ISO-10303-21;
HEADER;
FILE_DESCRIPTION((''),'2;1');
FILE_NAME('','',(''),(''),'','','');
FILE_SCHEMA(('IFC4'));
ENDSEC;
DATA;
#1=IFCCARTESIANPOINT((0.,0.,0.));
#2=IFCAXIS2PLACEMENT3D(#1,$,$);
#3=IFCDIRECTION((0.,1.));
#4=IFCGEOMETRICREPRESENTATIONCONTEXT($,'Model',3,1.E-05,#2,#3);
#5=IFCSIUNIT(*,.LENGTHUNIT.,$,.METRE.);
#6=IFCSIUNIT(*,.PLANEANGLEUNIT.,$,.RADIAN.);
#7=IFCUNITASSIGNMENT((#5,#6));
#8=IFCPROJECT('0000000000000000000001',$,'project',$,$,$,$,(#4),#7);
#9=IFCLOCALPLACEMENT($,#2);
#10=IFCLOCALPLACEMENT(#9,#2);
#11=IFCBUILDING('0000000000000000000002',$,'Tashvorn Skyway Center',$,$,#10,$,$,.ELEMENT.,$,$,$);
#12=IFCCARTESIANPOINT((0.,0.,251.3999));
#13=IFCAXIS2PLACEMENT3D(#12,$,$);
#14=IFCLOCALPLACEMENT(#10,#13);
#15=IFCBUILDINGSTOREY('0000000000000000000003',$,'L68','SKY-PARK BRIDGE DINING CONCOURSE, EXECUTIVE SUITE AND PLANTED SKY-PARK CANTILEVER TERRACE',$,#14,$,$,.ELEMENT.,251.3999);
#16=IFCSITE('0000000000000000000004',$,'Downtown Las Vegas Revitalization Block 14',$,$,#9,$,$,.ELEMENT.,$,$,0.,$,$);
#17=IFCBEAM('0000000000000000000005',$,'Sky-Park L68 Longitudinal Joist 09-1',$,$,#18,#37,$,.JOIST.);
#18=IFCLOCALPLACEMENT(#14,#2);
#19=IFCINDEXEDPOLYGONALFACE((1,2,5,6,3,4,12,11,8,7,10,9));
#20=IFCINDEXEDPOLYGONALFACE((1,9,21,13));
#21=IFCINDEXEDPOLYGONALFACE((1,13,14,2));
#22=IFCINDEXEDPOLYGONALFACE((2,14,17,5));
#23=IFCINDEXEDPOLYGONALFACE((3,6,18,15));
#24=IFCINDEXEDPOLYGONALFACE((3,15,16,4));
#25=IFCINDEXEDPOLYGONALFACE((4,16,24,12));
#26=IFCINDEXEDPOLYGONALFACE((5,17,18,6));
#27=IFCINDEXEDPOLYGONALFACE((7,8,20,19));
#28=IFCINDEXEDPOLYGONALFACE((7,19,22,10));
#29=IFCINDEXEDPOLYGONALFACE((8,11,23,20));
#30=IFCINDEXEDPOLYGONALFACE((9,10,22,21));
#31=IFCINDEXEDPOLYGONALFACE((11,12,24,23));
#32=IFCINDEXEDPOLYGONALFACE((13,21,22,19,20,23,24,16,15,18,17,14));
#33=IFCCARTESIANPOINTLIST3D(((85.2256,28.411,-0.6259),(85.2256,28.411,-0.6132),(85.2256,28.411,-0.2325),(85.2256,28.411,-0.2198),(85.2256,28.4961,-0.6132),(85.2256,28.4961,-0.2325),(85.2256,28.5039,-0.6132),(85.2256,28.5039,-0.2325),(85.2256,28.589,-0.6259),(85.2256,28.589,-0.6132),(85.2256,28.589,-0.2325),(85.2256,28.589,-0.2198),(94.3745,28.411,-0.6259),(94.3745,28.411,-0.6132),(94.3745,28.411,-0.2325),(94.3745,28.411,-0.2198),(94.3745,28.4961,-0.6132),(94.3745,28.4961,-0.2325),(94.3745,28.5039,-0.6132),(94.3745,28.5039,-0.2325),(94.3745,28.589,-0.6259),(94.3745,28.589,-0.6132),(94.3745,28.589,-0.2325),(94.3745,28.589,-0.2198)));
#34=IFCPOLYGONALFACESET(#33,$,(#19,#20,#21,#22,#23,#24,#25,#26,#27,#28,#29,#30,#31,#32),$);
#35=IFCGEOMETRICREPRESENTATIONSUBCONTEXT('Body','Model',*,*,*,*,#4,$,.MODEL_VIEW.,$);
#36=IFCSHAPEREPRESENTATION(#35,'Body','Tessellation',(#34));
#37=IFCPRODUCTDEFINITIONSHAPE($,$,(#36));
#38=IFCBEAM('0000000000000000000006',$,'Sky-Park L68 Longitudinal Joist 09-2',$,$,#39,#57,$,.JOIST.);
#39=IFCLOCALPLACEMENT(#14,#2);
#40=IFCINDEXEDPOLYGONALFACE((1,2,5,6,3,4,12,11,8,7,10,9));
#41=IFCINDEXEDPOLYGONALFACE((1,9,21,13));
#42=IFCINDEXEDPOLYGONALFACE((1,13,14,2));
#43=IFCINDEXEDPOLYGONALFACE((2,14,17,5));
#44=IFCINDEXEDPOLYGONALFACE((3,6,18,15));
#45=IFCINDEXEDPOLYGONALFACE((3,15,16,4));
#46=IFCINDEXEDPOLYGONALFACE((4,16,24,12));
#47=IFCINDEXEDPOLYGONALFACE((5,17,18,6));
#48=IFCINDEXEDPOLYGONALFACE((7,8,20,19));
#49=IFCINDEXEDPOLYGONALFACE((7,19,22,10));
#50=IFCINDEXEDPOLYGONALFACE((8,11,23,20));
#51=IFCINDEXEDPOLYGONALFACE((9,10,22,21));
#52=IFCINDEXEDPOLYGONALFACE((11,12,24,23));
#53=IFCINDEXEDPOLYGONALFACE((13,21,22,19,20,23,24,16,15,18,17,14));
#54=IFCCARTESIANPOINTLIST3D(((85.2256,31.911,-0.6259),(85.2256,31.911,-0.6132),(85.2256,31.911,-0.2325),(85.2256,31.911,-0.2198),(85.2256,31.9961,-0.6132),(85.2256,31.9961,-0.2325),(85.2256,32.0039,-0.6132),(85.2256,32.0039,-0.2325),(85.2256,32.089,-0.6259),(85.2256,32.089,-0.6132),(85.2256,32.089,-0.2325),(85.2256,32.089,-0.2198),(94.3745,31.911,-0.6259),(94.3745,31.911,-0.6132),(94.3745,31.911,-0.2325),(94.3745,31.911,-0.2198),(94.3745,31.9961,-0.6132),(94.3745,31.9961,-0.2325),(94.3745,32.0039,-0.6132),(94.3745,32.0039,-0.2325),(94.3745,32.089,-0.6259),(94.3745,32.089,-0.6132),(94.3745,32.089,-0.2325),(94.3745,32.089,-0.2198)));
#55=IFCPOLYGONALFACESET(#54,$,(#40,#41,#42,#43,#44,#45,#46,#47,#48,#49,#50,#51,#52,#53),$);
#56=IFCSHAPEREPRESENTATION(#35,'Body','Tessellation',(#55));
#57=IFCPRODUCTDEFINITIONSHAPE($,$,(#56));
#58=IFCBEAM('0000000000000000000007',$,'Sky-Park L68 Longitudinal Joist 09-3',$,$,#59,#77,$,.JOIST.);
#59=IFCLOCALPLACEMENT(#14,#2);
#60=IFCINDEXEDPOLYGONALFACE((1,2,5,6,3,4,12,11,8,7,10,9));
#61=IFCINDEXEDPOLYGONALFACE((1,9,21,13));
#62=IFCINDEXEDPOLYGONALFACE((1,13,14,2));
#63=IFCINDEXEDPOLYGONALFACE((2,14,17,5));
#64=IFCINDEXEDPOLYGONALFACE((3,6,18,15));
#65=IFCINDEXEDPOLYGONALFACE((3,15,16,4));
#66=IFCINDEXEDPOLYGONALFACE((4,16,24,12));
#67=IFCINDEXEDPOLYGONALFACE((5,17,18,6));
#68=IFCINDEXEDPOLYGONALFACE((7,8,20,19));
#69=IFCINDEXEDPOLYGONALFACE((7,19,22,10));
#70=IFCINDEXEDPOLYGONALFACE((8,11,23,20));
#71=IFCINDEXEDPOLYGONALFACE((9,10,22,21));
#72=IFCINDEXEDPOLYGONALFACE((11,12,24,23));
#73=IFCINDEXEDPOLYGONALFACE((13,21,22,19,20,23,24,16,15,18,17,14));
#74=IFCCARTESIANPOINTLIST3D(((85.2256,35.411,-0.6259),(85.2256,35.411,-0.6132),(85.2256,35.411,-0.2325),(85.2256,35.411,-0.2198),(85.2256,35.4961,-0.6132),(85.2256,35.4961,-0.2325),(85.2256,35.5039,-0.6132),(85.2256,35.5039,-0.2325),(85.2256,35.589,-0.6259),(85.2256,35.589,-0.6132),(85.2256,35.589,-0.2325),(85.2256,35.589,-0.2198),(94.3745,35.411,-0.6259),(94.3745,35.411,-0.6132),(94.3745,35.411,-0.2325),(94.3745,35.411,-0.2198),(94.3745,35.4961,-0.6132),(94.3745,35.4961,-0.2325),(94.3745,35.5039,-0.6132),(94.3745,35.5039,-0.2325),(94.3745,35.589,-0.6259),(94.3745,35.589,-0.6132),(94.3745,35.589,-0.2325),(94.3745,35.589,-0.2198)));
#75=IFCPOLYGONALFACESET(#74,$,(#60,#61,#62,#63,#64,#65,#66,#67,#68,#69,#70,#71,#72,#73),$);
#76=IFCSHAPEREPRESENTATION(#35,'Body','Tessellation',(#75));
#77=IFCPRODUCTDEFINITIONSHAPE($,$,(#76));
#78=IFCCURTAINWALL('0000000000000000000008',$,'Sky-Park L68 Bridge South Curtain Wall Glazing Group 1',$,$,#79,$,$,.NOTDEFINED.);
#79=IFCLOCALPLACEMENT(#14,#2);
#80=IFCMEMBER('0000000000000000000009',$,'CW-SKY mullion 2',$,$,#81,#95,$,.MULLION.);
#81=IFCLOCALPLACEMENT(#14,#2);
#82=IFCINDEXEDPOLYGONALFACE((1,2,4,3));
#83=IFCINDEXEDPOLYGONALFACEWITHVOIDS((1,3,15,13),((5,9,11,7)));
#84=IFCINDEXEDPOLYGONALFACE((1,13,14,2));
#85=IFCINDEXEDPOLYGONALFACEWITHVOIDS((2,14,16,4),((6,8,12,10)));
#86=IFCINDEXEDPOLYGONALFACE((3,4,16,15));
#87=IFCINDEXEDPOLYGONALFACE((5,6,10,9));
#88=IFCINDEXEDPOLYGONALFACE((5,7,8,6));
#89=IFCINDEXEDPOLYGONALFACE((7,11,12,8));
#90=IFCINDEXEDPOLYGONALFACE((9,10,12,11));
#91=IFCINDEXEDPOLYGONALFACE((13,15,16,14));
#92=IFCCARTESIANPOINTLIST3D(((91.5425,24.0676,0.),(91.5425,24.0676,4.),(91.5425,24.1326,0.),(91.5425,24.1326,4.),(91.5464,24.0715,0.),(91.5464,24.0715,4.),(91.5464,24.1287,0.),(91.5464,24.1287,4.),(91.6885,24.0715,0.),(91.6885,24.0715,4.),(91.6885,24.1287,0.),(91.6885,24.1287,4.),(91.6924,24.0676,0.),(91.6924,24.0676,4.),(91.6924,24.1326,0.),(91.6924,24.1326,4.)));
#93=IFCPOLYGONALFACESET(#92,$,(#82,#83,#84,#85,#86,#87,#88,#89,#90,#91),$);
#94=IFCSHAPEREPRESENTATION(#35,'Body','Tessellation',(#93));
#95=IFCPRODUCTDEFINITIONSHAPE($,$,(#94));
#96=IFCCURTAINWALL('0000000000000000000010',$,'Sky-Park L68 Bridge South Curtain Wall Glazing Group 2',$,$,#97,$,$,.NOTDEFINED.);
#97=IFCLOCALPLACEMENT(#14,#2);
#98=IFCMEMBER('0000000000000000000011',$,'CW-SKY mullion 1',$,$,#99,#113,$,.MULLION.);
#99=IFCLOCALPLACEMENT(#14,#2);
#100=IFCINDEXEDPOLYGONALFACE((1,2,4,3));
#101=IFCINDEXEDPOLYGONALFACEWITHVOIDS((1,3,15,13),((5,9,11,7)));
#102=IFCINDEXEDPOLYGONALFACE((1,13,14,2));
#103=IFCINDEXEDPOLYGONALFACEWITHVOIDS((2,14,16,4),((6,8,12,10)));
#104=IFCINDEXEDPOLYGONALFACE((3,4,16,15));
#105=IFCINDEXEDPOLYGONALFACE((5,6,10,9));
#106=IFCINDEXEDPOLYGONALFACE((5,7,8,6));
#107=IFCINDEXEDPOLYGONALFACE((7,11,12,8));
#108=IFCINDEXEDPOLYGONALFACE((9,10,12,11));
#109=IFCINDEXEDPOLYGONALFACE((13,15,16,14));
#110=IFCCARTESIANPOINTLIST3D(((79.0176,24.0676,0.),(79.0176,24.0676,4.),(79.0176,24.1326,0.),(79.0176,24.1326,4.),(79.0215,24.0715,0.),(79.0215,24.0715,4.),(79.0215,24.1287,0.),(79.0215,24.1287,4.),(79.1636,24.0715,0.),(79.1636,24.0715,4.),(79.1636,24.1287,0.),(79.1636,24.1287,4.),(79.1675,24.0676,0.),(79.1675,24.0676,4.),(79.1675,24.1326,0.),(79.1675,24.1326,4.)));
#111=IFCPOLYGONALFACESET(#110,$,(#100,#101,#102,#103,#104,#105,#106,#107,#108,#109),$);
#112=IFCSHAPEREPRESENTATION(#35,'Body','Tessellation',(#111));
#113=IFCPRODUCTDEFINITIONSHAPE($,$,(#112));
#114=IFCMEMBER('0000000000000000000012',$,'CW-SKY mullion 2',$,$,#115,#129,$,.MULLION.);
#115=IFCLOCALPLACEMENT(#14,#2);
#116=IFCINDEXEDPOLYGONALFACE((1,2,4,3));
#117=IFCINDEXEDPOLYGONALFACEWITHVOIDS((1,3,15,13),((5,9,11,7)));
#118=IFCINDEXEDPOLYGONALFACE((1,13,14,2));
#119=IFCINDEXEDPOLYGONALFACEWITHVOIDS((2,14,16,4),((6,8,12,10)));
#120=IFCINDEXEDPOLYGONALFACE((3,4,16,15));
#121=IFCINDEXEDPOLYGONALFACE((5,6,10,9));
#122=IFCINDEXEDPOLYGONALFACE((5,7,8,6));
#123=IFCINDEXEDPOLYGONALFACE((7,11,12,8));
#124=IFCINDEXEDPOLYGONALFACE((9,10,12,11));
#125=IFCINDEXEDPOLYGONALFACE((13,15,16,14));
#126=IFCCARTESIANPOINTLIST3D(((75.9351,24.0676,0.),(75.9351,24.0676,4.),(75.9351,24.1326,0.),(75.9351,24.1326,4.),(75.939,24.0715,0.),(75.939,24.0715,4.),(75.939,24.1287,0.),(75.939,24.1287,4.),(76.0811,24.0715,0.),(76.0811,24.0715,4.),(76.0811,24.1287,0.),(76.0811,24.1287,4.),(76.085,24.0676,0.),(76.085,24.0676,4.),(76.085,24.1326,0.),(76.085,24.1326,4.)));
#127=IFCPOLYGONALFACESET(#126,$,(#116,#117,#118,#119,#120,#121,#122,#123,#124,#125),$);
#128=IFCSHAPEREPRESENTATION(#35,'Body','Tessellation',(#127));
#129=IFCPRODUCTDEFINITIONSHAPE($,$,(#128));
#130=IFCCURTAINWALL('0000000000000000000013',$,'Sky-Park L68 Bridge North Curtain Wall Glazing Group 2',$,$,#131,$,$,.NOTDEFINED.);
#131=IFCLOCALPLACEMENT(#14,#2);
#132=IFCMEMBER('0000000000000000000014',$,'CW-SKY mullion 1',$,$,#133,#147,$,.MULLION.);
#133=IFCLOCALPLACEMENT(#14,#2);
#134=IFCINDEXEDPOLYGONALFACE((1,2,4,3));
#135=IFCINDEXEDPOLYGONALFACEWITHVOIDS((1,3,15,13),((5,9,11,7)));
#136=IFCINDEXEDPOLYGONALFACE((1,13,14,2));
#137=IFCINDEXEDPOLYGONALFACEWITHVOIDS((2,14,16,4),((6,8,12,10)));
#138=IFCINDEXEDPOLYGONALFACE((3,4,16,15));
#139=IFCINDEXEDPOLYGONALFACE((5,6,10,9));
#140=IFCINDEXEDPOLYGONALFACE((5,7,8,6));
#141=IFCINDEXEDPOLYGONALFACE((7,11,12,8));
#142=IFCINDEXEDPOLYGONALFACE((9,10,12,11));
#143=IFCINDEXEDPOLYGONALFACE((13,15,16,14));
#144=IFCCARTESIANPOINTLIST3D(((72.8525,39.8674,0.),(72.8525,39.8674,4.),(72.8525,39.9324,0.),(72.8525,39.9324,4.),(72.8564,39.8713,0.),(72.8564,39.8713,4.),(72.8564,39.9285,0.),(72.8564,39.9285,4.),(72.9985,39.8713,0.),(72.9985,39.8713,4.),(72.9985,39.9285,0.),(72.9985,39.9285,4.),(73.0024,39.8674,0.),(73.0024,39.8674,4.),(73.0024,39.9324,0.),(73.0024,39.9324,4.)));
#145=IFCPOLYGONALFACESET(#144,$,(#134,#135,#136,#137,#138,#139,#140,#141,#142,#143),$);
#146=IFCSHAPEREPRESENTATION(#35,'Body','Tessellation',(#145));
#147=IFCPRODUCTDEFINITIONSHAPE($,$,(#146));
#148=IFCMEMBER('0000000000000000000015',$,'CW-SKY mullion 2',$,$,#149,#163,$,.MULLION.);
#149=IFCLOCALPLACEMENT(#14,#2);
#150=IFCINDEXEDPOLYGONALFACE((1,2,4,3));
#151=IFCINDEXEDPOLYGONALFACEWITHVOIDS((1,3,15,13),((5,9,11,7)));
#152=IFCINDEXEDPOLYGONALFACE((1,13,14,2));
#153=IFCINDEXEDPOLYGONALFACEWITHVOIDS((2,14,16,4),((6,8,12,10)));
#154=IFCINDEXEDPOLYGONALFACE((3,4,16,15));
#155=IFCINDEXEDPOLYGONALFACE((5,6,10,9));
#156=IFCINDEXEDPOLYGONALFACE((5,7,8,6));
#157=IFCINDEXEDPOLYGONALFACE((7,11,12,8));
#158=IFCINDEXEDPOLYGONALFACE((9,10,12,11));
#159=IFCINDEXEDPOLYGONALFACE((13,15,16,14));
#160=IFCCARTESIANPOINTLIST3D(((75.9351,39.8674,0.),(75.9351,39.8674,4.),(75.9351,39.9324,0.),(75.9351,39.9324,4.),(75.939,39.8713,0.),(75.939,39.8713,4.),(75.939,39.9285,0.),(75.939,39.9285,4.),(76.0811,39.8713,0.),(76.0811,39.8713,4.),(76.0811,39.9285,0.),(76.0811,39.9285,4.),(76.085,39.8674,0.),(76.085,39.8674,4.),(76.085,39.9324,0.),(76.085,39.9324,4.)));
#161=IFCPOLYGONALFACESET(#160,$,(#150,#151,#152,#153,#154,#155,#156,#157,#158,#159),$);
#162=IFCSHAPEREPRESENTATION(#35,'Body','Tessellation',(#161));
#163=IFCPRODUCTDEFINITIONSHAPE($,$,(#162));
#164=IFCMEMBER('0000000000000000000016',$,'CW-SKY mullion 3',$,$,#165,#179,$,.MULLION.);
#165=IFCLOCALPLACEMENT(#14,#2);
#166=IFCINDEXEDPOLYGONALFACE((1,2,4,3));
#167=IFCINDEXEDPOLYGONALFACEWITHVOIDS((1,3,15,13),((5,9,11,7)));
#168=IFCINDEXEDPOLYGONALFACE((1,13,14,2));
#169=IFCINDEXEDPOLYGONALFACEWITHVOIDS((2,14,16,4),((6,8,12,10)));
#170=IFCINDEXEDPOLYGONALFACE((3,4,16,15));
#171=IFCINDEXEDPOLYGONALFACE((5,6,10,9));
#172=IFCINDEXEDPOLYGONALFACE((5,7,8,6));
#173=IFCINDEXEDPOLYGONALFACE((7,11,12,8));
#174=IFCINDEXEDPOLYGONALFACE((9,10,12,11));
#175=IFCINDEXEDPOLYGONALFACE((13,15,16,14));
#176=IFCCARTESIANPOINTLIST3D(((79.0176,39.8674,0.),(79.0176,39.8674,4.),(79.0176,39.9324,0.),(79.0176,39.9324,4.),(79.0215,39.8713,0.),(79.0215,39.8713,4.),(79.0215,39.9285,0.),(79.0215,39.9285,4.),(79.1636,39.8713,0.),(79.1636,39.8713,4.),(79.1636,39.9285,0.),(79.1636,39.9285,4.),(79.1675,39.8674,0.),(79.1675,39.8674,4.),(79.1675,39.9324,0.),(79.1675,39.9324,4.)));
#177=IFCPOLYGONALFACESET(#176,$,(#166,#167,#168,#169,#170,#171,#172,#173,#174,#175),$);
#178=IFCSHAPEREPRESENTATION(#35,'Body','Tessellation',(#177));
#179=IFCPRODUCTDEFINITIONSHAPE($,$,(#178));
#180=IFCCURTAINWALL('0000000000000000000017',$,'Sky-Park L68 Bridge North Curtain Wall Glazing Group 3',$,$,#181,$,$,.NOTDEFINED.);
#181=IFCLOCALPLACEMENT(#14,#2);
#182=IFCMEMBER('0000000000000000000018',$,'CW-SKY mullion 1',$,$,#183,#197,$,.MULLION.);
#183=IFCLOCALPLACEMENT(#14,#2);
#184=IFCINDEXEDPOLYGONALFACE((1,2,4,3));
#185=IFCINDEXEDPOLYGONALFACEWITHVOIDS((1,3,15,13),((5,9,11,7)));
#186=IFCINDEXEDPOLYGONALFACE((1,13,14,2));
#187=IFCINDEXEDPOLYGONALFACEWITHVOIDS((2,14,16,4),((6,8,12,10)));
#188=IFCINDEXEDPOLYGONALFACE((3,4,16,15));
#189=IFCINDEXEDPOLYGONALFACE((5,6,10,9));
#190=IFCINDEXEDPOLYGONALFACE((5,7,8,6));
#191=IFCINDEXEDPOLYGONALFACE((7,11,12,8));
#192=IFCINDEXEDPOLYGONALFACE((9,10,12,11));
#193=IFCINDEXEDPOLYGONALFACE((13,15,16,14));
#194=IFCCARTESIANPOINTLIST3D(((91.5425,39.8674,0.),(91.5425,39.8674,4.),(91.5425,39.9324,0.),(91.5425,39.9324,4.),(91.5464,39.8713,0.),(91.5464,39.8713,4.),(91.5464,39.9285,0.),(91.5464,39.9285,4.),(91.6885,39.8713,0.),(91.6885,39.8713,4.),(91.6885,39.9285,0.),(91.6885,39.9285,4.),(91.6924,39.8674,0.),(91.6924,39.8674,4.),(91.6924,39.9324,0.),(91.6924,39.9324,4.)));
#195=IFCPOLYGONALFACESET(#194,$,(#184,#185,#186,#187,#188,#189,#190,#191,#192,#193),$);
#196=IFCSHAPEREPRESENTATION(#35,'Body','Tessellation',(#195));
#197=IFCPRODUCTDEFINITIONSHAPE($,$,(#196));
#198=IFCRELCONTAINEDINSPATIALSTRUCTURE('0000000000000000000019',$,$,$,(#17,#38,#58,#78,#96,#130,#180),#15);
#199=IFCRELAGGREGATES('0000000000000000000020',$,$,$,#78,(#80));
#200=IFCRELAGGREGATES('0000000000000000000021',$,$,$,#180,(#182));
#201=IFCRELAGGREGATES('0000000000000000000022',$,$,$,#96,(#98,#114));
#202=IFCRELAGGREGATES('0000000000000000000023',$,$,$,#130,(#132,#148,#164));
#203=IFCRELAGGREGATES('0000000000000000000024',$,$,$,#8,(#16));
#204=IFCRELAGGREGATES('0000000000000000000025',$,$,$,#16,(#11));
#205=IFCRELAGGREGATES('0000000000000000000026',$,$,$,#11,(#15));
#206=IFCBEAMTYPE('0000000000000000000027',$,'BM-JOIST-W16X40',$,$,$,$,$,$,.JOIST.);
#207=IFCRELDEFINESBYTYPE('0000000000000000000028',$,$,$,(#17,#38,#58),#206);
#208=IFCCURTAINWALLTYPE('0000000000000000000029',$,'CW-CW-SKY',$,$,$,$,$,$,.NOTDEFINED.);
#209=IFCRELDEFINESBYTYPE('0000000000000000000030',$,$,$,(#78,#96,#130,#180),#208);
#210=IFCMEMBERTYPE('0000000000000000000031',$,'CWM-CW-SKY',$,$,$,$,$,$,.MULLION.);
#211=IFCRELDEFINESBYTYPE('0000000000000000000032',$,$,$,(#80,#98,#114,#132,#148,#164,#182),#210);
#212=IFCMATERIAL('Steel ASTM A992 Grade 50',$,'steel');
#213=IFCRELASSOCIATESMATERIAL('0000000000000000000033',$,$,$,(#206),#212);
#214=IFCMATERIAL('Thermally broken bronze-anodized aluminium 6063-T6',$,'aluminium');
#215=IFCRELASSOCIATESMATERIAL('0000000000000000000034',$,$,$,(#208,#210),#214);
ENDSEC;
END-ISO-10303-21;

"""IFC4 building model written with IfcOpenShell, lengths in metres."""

from ifc_helpers import new_model, si_unit, direction, frame, origin, origin_2d, place, context, subcontext, project, spatial, hollow_rectangle, i_section, extrude, material, material_profile, profile_set, type_object, element, aggregate, save


model = new_model("IFC4")

# Units and contexts
model_context = context("Model", 3, precision=1e-05, world=origin(), true_north=direction((0.0, 1.0)))
body_context = subcontext(model_context, "Body", "Model", "MODEL_VIEW")
ifc_project = project(units=[si_unit("LENGTHUNIT", "METRE"), si_unit("PLANEANGLEUNIT", "RADIAN")], contexts=[model_context])

# Site, building, storey
site_placement = place(None, origin())
site = spatial("IfcSite", under=ifc_project, at=site_placement, Name="Downtown Las Vegas Revitalization Block 14", CompositionType="ELEMENT", RefElevation=0.0)
building_placement = place(site_placement, origin())
building = spatial("IfcBuilding", under=site, at=building_placement, Name="Tashvorn Skyway Center", CompositionType="ELEMENT")
storey_placement = place(building_placement, frame((0.0, 0.0, 251.3999)))
storey = spatial("IfcBuildingStorey", under=building, at=storey_placement, Name="L68", Description="SKY-PARK BRIDGE DINING CONCOURSE, EXECUTIVE SUITE AND PLANTED SKY-PARK CANTILEVER TERRACE", CompositionType="ELEMENT", Elevation=251.3999)

# Beams
ifc_material_1 = material(Name="Steel ASTM A992 Grade 50", Category="steel")
ifc_material_profile_1 = material_profile(ifc_material_1, i_section(OverallWidth=0.178, OverallDepth=0.406, WebThickness=0.0078, FlangeThickness=0.0127, at=origin_2d()), Name="W16X40")
ifc_profile_set_1 = profile_set([ifc_material_profile_1], Name="Steel ASTM A992 Grade 50")
beam_type_1 = type_object("IfcBeamType", Name="BM-JOIST-W16X40", PredefinedType="JOIST", material=ifc_profile_set_1)
for number, where, z_axis, x_axis, name in (
    (1, (85.2256, 28.5, -0.4229), (1.0, 0.0, 0.0), (0.0, 1.0, 0.0), "Sky-Park L68 Longitudinal Joist 09-1"),
    (2, (85.2256, 32.0, -0.4229), (1.0, 0.0, 0.0), (0.0, 1.0, 0.0), "Sky-Park L68 Longitudinal Joist 09-2"),
    (3, (85.2256, 35.5, -0.4229), (1.0, 0.0, 0.0), (0.0, 1.0, 0.0), "Sky-Park L68 Longitudinal Joist 09-3"),
):
    element("IfcBeam", number, at=place(storey_placement, frame(where, z_axis=z_axis, x_axis=x_axis)), inside=storey, type_object=beam_type_1, Name=name, PredefinedType="JOIST", context=body_context, shape_type="SweptSolid", body=[
        extrude(i_section(OverallWidth=0.178, OverallDepth=0.406, WebThickness=0.0078, FlangeThickness=0.0127, at=origin_2d()), origin(), (0.0, 0.0, 1.0), 9.1489),
    ])

# Curtain wall, member
ifc_material_2 = material(Name="Thermally broken bronze-anodized aluminium 6063-T6", Category="aluminium")
curtain_wall_type = type_object("IfcCurtainWallType", Name="CW-CW-SKY", PredefinedType="NOTDEFINED", material=ifc_material_2)
curtain_wall_1_placement = place(storey_placement, origin())
curtain_wall_1 = element("IfcCurtainWall", 4, at=curtain_wall_1_placement, inside=storey, type_object=curtain_wall_type, Name="Sky-Park L68 Bridge South Curtain Wall Glazing Group 1", PredefinedType="NOTDEFINED")
ifc_material_profile_2 = material_profile(ifc_material_2, hollow_rectangle(XDim=0.0649, YDim=0.1499, WallThickness=0.0039, at=origin_2d()), Name="ALU-MULL-65x150")
ifc_profile_set_2 = profile_set([ifc_material_profile_2], Name="Thermally broken bronze-anodized aluminium 6063-T6")
member_type_1 = type_object("IfcMemberType", Name="CWM-CW-SKY", PredefinedType="MULLION", material=ifc_profile_set_2)
member_1_placement = place(storey_placement, frame((91.6174, 24.1001, 0.0), z_axis=(0.0, 0.0, 1.0), x_axis=(0.0, -1.0, 0.0)))
member_1 = element("IfcMember", 5, at=member_1_placement, type_object=member_type_1, Name="CW-SKY mullion 2", PredefinedType="MULLION", context=body_context, shape_type="SweptSolid", body=[
    extrude(hollow_rectangle(XDim=0.0649, YDim=0.1499, WallThickness=0.0039, at=origin_2d()), origin(), (0.0, 0.0, 1.0), 4.0),
])
aggregate(curtain_wall_1, [member_1])

# Curtain walls, members
curtain_wall_2_placement = place(storey_placement, origin())
curtain_wall_2 = element("IfcCurtainWall", 6, at=curtain_wall_2_placement, inside=storey, type_object=curtain_wall_type, Name="Sky-Park L68 Bridge South Curtain Wall Glazing Group 2", PredefinedType="NOTDEFINED")
member_2_placement = place(storey_placement, frame((79.0925, 24.1001, 0.0), z_axis=(0.0, 0.0, 1.0), x_axis=(0.0, -1.0, 0.0)))
member_2 = element("IfcMember", 7, at=member_2_placement, type_object=member_type_1, Name="CW-SKY mullion 1", PredefinedType="MULLION", context=body_context, shape_type="SweptSolid", body=[
    extrude(hollow_rectangle(XDim=0.0649, YDim=0.1499, WallThickness=0.0039, at=origin_2d()), origin(), (0.0, 0.0, 1.0), 4.0),
])
member_3_placement = place(storey_placement, frame((76.01, 24.1001, 0.0), z_axis=(0.0, 0.0, 1.0), x_axis=(0.0, -1.0, 0.0)))
member_3 = element("IfcMember", 8, at=member_3_placement, type_object=member_type_1, Name="CW-SKY mullion 2", PredefinedType="MULLION", context=body_context, shape_type="SweptSolid", body=[
    extrude(hollow_rectangle(XDim=0.0649, YDim=0.1499, WallThickness=0.0039, at=origin_2d()), origin(), (0.0, 0.0, 1.0), 4.0),
])
curtain_wall_3_placement = place(storey_placement, origin())
curtain_wall_3 = element("IfcCurtainWall", 9, at=curtain_wall_3_placement, inside=storey, type_object=curtain_wall_type, Name="Sky-Park L68 Bridge North Curtain Wall Glazing Group 2", PredefinedType="NOTDEFINED")
member_4_placement = place(storey_placement, frame((72.9275, 39.8999, 0.0), z_axis=(0.0, 0.0, 1.0), x_axis=(0.0, 1.0, 0.0)))
member_4 = element("IfcMember", 10, at=member_4_placement, type_object=member_type_1, Name="CW-SKY mullion 1", PredefinedType="MULLION", context=body_context, shape_type="SweptSolid", body=[
    extrude(hollow_rectangle(XDim=0.0649, YDim=0.1499, WallThickness=0.0039, at=origin_2d()), origin(), (0.0, 0.0, 1.0), 4.0),
])
member_5_placement = place(storey_placement, frame((76.01, 39.8999, 0.0), z_axis=(0.0, 0.0, 1.0), x_axis=(0.0, 1.0, 0.0)))
member_5 = element("IfcMember", 11, at=member_5_placement, type_object=member_type_1, Name="CW-SKY mullion 2", PredefinedType="MULLION", context=body_context, shape_type="SweptSolid", body=[
    extrude(hollow_rectangle(XDim=0.0649, YDim=0.1499, WallThickness=0.0039, at=origin_2d()), origin(), (0.0, 0.0, 1.0), 4.0),
])
member_6_placement = place(storey_placement, frame((79.0925, 39.8999, 0.0), z_axis=(0.0, 0.0, 1.0), x_axis=(0.0, 1.0, 0.0)))
member_6 = element("IfcMember", 12, at=member_6_placement, type_object=member_type_1, Name="CW-SKY mullion 3", PredefinedType="MULLION", context=body_context, shape_type="SweptSolid", body=[
    extrude(hollow_rectangle(XDim=0.0649, YDim=0.1499, WallThickness=0.0039, at=origin_2d()), origin(), (0.0, 0.0, 1.0), 4.0),
])

# Curtain wall, member
curtain_wall_4_placement = place(storey_placement, origin())
curtain_wall_4 = element("IfcCurtainWall", 13, at=curtain_wall_4_placement, inside=storey, type_object=curtain_wall_type, Name="Sky-Park L68 Bridge North Curtain Wall Glazing Group 3", PredefinedType="NOTDEFINED")
member_7_placement = place(storey_placement, frame((91.6174, 39.8999, 0.0), z_axis=(0.0, 0.0, 1.0), x_axis=(0.0, 1.0, 0.0)))
member_7 = element("IfcMember", 14, at=member_7_placement, type_object=member_type_1, Name="CW-SKY mullion 1", PredefinedType="MULLION", context=body_context, shape_type="SweptSolid", body=[
    extrude(hollow_rectangle(XDim=0.0649, YDim=0.1499, WallThickness=0.0039, at=origin_2d()), origin(), (0.0, 0.0, 1.0), 4.0),
])
aggregate(curtain_wall_4, [member_7])

aggregate(curtain_wall_2, [member_2, member_3])
aggregate(curtain_wall_3, [member_4, member_5, member_6])

save(model, "model.ifc")
